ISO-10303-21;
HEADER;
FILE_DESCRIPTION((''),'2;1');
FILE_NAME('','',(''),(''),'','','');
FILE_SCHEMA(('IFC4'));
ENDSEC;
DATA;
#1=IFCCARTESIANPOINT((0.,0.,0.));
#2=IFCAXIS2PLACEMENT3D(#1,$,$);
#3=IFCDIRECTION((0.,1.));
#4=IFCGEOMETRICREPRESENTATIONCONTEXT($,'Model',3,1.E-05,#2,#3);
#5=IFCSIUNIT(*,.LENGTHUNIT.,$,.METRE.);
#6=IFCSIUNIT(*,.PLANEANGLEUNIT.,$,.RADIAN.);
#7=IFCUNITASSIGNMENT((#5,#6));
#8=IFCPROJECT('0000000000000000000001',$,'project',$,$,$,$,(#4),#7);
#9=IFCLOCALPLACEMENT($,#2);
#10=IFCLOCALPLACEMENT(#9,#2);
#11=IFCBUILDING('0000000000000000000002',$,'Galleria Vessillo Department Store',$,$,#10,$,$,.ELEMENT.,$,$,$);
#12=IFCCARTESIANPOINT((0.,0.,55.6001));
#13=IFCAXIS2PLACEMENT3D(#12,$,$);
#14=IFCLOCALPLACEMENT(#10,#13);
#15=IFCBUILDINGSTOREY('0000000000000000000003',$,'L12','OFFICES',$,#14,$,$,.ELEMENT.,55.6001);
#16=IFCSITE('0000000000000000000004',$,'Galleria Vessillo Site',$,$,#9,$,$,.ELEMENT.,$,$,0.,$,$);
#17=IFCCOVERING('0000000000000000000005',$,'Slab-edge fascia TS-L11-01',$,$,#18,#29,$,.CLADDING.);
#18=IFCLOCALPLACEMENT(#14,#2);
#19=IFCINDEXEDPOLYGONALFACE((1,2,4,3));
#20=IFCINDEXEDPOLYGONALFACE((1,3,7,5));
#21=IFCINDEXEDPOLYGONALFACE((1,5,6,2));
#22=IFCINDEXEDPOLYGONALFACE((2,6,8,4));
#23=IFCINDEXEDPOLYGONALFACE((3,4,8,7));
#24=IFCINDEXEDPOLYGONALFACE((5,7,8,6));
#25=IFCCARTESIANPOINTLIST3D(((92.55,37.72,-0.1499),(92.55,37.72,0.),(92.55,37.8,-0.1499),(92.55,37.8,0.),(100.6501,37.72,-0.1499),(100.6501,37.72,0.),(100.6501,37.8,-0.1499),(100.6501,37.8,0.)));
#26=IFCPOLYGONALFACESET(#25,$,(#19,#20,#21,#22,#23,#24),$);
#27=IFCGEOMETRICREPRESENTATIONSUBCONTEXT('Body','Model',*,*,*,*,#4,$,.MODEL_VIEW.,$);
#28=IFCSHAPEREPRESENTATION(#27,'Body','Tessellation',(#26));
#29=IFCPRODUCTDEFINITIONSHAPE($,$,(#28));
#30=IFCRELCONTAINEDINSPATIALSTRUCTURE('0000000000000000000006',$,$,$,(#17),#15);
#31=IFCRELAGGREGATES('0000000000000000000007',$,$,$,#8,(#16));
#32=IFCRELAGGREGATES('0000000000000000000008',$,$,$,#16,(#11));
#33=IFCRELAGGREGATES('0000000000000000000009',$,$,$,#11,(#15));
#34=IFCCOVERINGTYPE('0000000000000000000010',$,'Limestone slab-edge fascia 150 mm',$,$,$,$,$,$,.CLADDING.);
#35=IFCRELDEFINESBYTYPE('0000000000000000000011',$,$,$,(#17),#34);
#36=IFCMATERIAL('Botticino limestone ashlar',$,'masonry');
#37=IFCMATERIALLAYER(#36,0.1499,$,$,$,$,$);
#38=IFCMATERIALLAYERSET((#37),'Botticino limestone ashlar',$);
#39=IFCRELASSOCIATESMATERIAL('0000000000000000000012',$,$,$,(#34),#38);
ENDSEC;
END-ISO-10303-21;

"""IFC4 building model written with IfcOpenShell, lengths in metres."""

from ifc_helpers import new_model, si_unit, direction, frame, origin, origin_2d, place, context, subcontext, project, spatial, rectangle, extrude, material, layer, layer_set, type_object, element, save


model = new_model("IFC4")

# Units and contexts
model_context = context("Model", 3, precision=1e-05, world=origin(), true_north=direction((0.0, 1.0)))
body_context = subcontext(model_context, "Body", "Model", "MODEL_VIEW")
ifc_project = project(units=[si_unit("LENGTHUNIT", "METRE"), si_unit("PLANEANGLEUNIT", "RADIAN")], contexts=[model_context])

# Site, building, storey
site_placement = place(None, origin())
site = spatial("IfcSite", under=ifc_project, at=site_placement, Name="Galleria Vessillo Site", CompositionType="ELEMENT", RefElevation=0.0)
building_placement = place(site_placement, origin())
building = spatial("IfcBuilding", under=site, at=building_placement, Name="Galleria Vessillo Department Store", CompositionType="ELEMENT")
storey_placement = place(building_placement, frame((0.0, 0.0, 55.6001)))
storey = spatial("IfcBuildingStorey", under=building, at=storey_placement, Name="L12", Description="OFFICES", CompositionType="ELEMENT", Elevation=55.6001)

# Covering
ifc_material_1 = material(Name="Botticino limestone ashlar", Category="masonry")
ifc_layer_1 = layer(ifc_material_1, 0.1499)
ifc_layer_set_1 = layer_set([ifc_layer_1], Name="Botticino limestone ashlar")
covering_type_1 = type_object("IfcCoveringType", Name="Limestone slab-edge fascia 150 mm", PredefinedType="CLADDING", material=ifc_layer_set_1)
covering_1_placement = place(storey_placement, frame((96.6001, 37.76, -0.1499), z_axis=(0.0, 0.0, 1.0), x_axis=(1.0, 0.0, 0.0)))
element("IfcCovering", 1, at=covering_1_placement, inside=storey, type_object=covering_type_1, Name="Slab-edge fascia TS-L11-01", PredefinedType="CLADDING", context=body_context, shape_type="SweptSolid", body=[
    extrude(rectangle(XDim=8.1001, YDim=0.0801, at=origin_2d()), origin(), (0.0, 0.0, 1.0), 0.1499),
])

save(model, "model.ifc")
